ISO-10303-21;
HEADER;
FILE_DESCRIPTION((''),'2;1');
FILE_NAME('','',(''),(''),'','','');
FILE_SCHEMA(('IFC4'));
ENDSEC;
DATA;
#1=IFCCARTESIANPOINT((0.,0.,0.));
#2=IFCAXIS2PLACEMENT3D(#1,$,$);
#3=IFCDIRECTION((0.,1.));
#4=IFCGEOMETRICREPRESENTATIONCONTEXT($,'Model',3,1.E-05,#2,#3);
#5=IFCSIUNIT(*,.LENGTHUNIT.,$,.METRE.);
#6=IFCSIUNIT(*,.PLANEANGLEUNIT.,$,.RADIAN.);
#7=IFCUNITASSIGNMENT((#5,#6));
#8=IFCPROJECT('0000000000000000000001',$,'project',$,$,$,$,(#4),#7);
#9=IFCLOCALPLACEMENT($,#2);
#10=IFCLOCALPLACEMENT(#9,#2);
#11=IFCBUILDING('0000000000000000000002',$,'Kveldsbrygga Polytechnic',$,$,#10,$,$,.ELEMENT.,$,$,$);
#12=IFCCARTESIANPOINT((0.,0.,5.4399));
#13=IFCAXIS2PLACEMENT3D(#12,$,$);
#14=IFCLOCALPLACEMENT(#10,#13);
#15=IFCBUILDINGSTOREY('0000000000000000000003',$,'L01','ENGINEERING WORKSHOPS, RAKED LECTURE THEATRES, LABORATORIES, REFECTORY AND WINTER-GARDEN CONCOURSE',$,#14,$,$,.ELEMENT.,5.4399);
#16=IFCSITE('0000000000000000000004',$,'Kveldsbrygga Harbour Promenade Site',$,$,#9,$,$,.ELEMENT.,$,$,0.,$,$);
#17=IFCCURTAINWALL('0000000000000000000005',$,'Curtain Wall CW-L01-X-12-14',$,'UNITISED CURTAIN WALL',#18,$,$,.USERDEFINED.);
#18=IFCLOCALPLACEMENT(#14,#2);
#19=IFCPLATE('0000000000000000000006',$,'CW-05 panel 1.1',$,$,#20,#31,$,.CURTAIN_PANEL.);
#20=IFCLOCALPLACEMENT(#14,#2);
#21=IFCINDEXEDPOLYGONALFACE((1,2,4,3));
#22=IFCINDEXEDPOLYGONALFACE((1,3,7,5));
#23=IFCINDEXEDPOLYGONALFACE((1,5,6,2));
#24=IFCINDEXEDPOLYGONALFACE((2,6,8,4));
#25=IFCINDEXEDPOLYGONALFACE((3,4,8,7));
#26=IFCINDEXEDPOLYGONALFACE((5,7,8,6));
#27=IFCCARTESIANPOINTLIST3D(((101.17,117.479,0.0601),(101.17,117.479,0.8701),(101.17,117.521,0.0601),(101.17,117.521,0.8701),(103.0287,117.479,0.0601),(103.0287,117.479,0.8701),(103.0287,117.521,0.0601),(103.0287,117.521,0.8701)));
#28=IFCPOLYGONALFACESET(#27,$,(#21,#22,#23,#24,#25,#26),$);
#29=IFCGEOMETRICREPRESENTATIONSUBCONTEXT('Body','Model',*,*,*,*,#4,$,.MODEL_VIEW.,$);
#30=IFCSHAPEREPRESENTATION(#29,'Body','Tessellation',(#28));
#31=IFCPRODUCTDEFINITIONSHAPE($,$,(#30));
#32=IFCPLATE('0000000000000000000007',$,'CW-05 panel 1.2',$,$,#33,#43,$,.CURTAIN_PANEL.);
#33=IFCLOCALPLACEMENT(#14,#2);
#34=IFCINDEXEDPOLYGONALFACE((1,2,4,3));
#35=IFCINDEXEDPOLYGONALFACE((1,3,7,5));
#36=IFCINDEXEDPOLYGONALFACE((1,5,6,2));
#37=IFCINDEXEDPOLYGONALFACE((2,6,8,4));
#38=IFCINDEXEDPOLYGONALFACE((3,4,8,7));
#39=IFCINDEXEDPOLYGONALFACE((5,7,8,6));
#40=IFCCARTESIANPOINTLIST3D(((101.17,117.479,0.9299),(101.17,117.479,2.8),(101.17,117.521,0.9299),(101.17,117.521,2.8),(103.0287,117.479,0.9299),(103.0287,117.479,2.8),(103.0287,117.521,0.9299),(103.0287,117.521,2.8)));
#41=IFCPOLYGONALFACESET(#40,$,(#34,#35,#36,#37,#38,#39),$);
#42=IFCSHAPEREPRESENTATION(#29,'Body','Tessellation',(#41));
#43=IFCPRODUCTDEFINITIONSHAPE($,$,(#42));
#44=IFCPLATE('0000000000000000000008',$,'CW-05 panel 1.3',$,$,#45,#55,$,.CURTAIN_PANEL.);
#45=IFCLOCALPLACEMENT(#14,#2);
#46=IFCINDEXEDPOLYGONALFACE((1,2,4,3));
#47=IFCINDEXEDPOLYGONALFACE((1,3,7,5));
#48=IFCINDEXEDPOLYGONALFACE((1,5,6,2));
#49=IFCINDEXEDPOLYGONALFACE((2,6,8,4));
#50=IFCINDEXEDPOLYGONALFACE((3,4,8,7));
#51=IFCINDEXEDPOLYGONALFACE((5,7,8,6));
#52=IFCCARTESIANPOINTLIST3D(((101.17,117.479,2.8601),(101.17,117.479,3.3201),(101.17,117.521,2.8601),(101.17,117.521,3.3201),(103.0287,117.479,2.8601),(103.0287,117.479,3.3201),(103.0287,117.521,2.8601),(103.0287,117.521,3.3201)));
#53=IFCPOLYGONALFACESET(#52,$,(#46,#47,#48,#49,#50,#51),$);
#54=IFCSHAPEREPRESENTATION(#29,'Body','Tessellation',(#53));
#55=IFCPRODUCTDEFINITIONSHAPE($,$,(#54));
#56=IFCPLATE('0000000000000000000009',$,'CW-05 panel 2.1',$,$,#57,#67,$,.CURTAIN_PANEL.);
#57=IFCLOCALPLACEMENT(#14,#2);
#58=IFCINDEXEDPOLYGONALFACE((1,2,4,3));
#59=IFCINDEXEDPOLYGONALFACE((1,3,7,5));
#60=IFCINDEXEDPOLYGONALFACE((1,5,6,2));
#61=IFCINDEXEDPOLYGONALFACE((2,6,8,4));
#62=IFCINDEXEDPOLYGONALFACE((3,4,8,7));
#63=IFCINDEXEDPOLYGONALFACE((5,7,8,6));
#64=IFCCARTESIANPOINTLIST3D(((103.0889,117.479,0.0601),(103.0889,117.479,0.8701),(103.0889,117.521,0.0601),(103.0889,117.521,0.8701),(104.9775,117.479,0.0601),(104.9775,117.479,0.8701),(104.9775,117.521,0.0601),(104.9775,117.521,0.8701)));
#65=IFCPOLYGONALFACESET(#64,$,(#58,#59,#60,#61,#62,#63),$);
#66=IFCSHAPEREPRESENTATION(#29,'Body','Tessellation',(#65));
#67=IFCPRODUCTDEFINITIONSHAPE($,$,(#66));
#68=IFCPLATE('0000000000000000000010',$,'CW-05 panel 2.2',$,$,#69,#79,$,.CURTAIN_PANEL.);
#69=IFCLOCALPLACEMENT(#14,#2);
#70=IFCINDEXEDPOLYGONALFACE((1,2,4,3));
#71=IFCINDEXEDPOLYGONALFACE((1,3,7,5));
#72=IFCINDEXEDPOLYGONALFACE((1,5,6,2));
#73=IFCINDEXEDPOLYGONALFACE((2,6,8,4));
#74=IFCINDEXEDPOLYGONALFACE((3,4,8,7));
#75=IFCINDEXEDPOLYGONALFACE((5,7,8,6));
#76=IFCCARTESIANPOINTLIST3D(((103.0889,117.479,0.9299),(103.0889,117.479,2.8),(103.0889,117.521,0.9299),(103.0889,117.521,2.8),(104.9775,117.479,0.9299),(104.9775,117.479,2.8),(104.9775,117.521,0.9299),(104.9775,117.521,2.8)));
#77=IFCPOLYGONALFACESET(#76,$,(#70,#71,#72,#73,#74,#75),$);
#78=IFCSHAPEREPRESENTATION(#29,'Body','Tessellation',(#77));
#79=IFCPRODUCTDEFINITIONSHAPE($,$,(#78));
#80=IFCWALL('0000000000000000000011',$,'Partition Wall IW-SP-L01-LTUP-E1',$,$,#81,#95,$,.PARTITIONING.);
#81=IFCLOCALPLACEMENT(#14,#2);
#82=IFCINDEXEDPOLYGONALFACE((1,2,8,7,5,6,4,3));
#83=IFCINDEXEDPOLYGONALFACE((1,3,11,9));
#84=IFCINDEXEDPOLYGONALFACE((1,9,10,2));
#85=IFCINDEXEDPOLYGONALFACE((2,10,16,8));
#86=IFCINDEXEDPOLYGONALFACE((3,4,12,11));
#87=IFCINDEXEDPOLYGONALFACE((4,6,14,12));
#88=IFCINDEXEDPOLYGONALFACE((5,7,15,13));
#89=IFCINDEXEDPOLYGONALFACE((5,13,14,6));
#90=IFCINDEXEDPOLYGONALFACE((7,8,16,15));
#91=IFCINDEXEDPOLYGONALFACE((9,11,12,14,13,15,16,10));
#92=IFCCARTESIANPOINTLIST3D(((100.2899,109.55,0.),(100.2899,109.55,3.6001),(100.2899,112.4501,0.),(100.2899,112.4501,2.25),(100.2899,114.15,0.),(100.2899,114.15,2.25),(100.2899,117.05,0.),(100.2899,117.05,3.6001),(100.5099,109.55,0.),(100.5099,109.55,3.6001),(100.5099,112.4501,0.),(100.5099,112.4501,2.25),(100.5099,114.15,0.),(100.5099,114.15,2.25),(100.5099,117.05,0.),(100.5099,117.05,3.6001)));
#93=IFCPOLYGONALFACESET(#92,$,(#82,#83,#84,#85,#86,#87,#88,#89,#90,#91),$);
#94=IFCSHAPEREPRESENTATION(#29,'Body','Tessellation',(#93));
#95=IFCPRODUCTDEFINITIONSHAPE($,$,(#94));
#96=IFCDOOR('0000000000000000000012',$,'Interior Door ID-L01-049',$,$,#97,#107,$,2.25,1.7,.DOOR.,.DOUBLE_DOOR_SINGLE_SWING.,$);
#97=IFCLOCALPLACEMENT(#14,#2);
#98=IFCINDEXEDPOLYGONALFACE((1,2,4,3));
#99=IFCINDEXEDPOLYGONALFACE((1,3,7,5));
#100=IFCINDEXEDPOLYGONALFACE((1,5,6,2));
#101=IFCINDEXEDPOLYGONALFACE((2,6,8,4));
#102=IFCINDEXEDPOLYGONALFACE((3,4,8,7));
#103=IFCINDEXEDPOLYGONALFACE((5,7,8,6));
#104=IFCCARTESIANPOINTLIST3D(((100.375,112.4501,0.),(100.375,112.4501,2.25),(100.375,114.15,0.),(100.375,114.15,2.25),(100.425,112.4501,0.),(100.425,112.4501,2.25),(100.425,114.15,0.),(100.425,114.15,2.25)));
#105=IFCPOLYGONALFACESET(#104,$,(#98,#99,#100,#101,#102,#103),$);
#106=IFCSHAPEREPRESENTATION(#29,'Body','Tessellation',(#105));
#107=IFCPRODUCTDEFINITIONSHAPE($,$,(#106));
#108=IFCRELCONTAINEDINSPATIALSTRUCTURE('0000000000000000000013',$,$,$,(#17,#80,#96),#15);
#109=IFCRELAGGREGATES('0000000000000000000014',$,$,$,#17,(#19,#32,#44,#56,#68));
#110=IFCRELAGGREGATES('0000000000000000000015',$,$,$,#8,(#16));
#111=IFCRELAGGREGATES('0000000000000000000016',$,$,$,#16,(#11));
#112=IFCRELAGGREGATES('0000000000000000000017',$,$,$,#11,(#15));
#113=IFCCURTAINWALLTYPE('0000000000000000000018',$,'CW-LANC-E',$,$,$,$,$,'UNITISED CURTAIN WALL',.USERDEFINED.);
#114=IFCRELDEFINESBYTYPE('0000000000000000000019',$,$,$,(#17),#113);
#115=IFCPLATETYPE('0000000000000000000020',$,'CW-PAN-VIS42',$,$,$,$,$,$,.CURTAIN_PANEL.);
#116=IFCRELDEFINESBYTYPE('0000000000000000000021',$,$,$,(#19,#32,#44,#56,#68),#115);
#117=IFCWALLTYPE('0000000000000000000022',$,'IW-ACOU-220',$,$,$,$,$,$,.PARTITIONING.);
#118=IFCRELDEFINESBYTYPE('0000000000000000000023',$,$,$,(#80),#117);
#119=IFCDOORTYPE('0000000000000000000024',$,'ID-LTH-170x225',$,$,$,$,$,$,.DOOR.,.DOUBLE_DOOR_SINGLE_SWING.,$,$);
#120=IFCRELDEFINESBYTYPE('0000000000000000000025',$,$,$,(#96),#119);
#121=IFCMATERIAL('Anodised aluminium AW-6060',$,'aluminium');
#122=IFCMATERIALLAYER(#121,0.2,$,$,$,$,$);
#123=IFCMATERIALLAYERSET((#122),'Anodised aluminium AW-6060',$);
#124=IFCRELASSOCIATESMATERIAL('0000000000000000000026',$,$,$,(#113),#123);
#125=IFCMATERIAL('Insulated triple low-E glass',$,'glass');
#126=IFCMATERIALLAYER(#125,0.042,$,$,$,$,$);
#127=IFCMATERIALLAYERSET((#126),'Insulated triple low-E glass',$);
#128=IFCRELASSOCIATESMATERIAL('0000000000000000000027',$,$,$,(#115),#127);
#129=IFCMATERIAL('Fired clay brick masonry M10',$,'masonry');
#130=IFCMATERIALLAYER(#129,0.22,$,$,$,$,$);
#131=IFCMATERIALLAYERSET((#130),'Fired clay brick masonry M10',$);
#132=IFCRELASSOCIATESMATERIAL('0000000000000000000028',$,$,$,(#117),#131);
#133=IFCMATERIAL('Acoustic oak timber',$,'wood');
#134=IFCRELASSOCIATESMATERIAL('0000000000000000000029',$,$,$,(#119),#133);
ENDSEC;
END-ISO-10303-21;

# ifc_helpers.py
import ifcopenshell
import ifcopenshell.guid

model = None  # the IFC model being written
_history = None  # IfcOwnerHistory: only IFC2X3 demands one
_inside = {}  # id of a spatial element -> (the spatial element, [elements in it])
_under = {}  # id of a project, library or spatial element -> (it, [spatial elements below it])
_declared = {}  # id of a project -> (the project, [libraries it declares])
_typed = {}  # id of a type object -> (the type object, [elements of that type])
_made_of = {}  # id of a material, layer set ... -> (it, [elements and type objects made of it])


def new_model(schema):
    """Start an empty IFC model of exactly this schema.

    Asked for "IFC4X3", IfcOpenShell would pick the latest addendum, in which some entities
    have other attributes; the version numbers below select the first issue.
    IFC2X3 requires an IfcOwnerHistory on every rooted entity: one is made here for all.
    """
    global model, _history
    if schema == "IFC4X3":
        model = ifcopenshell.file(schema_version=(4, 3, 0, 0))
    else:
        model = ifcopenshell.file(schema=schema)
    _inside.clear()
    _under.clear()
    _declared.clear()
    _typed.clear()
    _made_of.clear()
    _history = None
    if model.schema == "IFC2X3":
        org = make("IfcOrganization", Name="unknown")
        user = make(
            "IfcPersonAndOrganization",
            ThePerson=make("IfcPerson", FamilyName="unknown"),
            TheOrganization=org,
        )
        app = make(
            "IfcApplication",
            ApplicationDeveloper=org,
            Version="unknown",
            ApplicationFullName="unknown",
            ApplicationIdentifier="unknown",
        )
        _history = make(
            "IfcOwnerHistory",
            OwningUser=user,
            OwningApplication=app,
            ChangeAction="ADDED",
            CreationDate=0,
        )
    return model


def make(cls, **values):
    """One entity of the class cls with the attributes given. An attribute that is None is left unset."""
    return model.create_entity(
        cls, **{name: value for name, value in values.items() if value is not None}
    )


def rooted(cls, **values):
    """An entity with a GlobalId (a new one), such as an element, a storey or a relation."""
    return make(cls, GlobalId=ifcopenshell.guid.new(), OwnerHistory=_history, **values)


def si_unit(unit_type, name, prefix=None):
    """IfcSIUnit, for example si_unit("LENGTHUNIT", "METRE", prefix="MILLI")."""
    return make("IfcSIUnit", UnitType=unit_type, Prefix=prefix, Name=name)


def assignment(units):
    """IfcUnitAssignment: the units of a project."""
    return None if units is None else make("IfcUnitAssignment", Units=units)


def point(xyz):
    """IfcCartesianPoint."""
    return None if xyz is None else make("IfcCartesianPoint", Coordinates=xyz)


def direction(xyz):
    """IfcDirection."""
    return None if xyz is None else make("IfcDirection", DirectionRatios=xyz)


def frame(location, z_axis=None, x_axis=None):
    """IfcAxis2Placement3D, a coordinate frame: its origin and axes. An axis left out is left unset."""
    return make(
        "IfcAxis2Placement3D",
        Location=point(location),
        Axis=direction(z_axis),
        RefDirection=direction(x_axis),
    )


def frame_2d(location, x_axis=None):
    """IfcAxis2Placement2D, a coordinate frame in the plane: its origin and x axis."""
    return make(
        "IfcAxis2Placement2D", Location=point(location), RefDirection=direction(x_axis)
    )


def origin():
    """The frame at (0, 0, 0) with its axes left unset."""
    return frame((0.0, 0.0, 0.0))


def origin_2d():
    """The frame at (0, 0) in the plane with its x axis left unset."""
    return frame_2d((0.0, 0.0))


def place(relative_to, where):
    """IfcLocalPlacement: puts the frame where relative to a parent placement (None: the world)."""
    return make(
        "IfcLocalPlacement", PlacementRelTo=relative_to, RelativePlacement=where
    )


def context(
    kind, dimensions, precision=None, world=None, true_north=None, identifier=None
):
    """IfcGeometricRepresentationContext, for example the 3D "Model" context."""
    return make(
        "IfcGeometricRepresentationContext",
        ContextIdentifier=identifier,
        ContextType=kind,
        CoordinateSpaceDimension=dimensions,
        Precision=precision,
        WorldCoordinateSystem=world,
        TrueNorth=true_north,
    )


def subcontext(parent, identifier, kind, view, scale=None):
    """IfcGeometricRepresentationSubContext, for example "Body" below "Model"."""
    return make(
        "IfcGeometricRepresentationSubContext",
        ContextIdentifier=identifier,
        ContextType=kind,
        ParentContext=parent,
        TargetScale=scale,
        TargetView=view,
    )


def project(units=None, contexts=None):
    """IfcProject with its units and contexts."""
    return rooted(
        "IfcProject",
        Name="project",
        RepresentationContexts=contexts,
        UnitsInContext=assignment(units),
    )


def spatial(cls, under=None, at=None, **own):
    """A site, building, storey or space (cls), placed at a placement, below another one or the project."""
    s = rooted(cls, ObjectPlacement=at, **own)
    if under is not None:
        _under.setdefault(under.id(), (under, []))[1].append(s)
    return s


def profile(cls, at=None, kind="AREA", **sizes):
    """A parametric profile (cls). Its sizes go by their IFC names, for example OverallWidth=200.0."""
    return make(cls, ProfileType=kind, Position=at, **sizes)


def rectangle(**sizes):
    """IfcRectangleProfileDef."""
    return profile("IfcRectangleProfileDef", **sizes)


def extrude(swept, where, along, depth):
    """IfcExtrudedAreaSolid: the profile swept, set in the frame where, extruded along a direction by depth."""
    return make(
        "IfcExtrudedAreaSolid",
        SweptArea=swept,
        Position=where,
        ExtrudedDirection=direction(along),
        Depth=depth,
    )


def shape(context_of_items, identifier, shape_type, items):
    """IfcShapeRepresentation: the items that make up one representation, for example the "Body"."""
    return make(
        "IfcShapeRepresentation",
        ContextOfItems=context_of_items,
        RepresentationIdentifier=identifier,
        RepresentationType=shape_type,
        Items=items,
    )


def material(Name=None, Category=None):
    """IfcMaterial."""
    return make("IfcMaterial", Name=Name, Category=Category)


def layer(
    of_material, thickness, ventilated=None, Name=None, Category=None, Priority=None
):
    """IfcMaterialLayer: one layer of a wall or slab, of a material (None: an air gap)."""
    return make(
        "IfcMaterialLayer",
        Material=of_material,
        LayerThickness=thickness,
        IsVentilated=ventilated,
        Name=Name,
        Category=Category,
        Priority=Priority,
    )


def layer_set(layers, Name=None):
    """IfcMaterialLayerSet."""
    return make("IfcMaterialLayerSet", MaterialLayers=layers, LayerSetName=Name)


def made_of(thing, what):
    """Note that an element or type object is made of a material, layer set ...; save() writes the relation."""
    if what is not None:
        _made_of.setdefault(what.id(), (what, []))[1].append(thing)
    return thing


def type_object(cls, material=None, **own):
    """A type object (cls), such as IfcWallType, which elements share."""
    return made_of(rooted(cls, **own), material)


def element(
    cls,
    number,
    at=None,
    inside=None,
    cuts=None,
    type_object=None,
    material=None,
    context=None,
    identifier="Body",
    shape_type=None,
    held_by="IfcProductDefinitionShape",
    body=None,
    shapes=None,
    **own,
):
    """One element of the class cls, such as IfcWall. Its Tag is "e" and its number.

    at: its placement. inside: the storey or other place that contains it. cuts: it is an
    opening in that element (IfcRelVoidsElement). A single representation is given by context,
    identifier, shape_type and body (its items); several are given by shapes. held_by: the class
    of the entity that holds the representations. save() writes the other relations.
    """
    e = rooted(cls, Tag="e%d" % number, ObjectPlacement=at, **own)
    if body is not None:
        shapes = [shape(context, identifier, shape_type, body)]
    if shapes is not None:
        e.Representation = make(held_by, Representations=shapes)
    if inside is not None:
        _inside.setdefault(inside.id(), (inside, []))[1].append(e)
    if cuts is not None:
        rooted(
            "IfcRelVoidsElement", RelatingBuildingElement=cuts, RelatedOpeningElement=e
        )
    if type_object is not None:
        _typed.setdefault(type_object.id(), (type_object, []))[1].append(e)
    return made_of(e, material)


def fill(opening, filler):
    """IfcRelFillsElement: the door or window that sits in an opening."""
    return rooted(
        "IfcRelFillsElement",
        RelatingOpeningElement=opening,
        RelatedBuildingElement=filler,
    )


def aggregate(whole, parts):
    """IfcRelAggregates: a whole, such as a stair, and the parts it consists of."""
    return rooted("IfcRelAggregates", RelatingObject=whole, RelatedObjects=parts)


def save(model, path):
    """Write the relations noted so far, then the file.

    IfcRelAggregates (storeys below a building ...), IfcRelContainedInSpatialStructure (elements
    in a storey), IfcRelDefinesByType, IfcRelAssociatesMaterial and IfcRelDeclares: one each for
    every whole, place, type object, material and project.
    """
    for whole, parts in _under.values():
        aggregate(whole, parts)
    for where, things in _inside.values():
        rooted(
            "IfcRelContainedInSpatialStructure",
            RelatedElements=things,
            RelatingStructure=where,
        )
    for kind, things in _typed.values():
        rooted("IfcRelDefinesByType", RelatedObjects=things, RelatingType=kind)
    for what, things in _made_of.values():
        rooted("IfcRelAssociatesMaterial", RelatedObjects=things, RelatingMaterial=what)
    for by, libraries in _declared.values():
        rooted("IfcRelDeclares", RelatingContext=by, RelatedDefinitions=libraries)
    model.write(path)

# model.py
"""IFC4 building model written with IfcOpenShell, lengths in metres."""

from ifc_helpers import new_model, si_unit, direction, frame, frame_2d, origin, origin_2d, place, context, subcontext, project, spatial, rectangle, extrude, material, layer, layer_set, type_object, element, fill, aggregate, save


model = new_model("IFC4")

# Units and contexts
model_context = context("Model", 3, precision=1e-05, world=origin(), true_north=direction((0.0, 1.0)))
body_context = subcontext(model_context, "Body", "Model", "MODEL_VIEW")
ifc_project = project(units=[si_unit("LENGTHUNIT", "METRE"), si_unit("PLANEANGLEUNIT", "RADIAN")], contexts=[model_context])

# Site, building, storey
site_placement = place(None, origin())
site = spatial("IfcSite", under=ifc_project, at=site_placement, Name="Kveldsbrygga Harbour Promenade Site", CompositionType="ELEMENT", RefElevation=0.0)
building_placement = place(site_placement, origin())
building = spatial("IfcBuilding", under=site, at=building_placement, Name="Kveldsbrygga Polytechnic", CompositionType="ELEMENT")
storey_placement = place(building_placement, frame((0.0, 0.0, 5.4399)))
storey = spatial("IfcBuildingStorey", under=building, at=storey_placement, Name="L01", Description="ENGINEERING WORKSHOPS, RAKED LECTURE THEATRES, LABORATORIES, REFECTORY AND WINTER-GARDEN CONCOURSE", CompositionType="ELEMENT", Elevation=5.4399)

# Curtain wall
ifc_material_1 = material(Name="Anodised aluminium AW-6060", Category="aluminium")
ifc_layer_1 = layer(ifc_material_1, 0.2)
ifc_layer_set_1 = layer_set([ifc_layer_1], Name="Anodised aluminium AW-6060")
curtain_wall_type = type_object("IfcCurtainWallType", Name="CW-LANC-E", ElementType="UNITISED CURTAIN WALL", PredefinedType="USERDEFINED", material=ifc_layer_set_1)
curtain_wall_placement = place(storey_placement, origin())
curtain_wall = element("IfcCurtainWall", 1, at=curtain_wall_placement, inside=storey, type_object=curtain_wall_type, Name="Curtain Wall CW-L01-X-12-14", ObjectType="UNITISED CURTAIN WALL", PredefinedType="USERDEFINED")

# Plates
ifc_material_2 = material(Name="Insulated triple low-E glass", Category="glass")
ifc_layer_2 = layer(ifc_material_2, 0.042)
ifc_layer_set_2 = layer_set([ifc_layer_2], Name="Insulated triple low-E glass")
plate_type = type_object("IfcPlateType", Name="CW-PAN-VIS42", PredefinedType="CURTAIN_PANEL", material=ifc_layer_set_2)
plate_1_placement = place(storey_placement, frame((102.0994, 117.5, 0.0601), z_axis=(0.0, 0.0, 1.0), x_axis=(1.0, 0.0, 0.0)))
plate_1 = element("IfcPlate", 2, at=plate_1_placement, type_object=plate_type, Name="CW-05 panel 1.1", PredefinedType="CURTAIN_PANEL", context=body_context, shape_type="SweptSolid", body=[
    extrude(rectangle(XDim=1.8586, YDim=0.042, at=origin_2d()), origin(), (0.0, 0.0, 1.0), 0.8101),
])
plate_2_placement = place(storey_placement, frame((102.0994, 117.5, 0.9299), z_axis=(0.0, 0.0, 1.0), x_axis=(1.0, 0.0, 0.0)))
plate_2 = element("IfcPlate", 3, at=plate_2_placement, type_object=plate_type, Name="CW-05 panel 1.2", PredefinedType="CURTAIN_PANEL", context=body_context, shape_type="SweptSolid", body=[
    extrude(rectangle(XDim=1.8586, YDim=0.042, at=origin_2d()), origin(), (0.0, 0.0, 1.0), 1.8701),
])
plate_3_placement = place(storey_placement, frame((102.0994, 117.5, 2.8601), z_axis=(0.0, 0.0, 1.0), x_axis=(1.0, 0.0, 0.0)))
plate_3 = element("IfcPlate", 4, at=plate_3_placement, type_object=plate_type, Name="CW-05 panel 1.3", PredefinedType="CURTAIN_PANEL", context=body_context, shape_type="SweptSolid", body=[
    extrude(rectangle(XDim=1.8586, YDim=0.042, at=origin_2d()), origin(), (0.0, 0.0, 1.0), 0.46),
])
plate_4_placement = place(storey_placement, frame((104.0332, 117.5, 0.0601), z_axis=(0.0, 0.0, 1.0), x_axis=(1.0, 0.0, 0.0)))
plate_4 = element("IfcPlate", 5, at=plate_4_placement, type_object=plate_type, Name="CW-05 panel 2.1", PredefinedType="CURTAIN_PANEL", context=body_context, shape_type="SweptSolid", body=[
    extrude(rectangle(XDim=1.8887, YDim=0.042, at=origin_2d()), origin(), (0.0, 0.0, 1.0), 0.8101),
])
plate_5_placement = place(storey_placement, frame((104.0332, 117.5, 0.9299), z_axis=(0.0, 0.0, 1.0), x_axis=(1.0, 0.0, 0.0)))
plate_5 = element("IfcPlate", 6, at=plate_5_placement, type_object=plate_type, Name="CW-05 panel 2.2", PredefinedType="CURTAIN_PANEL", context=body_context, shape_type="SweptSolid", body=[
    extrude(rectangle(XDim=1.8887, YDim=0.042, at=origin_2d()), origin(), (0.0, 0.0, 1.0), 1.8701),
])
aggregate(curtain_wall, [plate_1, plate_2, plate_3, plate_4, plate_5])

# Wall, opening, door
ifc_material_3 = material(Name="Fired clay brick masonry M10", Category="masonry")
ifc_layer_3 = layer(ifc_material_3, 0.22)
ifc_layer_set_3 = layer_set([ifc_layer_3], Name="Fired clay brick masonry M10")
wall_type = type_object("IfcWallType", Name="IW-ACOU-220", PredefinedType="PARTITIONING", material=ifc_layer_set_3)
wall_placement = place(storey_placement, frame((100.3999, 109.55, 0.0), z_axis=(0.0, 0.0, 1.0), x_axis=(0.0, 1.0, 0.0)))
wall = element("IfcWall", 7, at=wall_placement, inside=storey, type_object=wall_type, Name="Partition Wall IW-SP-L01-LTUP-E1", PredefinedType="PARTITIONING", context=body_context, shape_type="SweptSolid", body=[
    extrude(rectangle(XDim=7.5, YDim=0.22, at=frame_2d((3.75, 0.0))), origin(), (0.0, 0.0, 1.0), 3.6001),
])
opening_placement = place(wall_placement, frame((2.8999, 0.0, 0.0)))
opening = element("IfcOpeningElement", 8, at=opening_placement, cuts=wall, PredefinedType="OPENING", context=body_context, shape_type="SweptSolid", body=[
    extrude(rectangle(XDim=1.7, YDim=2.25, at=frame_2d((0.8501, 1.125))), frame((0.0, 0.1201, 0.0), z_axis=(0.0, -1.0, 0.0), x_axis=(1.0, 0.0, 0.0)), (0.0, 0.0, 1.0), 0.24),
])
ifc_material_4 = material(Name="Acoustic oak timber", Category="wood")
door_type = type_object("IfcDoorType", Name="ID-LTH-170x225", OperationType="DOUBLE_DOOR_SINGLE_SWING", PredefinedType="DOOR", material=ifc_material_4)
door_placement = place(opening_placement, origin())
door = element("IfcDoor", 9, at=door_placement, inside=storey, type_object=door_type, Name="Interior Door ID-L01-049", OperationType="DOUBLE_DOOR_SINGLE_SWING", OverallHeight=2.25, OverallWidth=1.7, PredefinedType="DOOR", context=body_context, shape_type="SweptSolid", body=[
    extrude(rectangle(XDim=1.7, YDim=2.25, at=frame_2d((0.8501, 1.125))), frame((0.0, 0.0249, 0.0), z_axis=(0.0, -1.0, 0.0), x_axis=(1.0, 0.0, 0.0)), (0.0, 0.0, 1.0), 0.05),
])
fill(opening, door)

save(model, "model.ifc")
